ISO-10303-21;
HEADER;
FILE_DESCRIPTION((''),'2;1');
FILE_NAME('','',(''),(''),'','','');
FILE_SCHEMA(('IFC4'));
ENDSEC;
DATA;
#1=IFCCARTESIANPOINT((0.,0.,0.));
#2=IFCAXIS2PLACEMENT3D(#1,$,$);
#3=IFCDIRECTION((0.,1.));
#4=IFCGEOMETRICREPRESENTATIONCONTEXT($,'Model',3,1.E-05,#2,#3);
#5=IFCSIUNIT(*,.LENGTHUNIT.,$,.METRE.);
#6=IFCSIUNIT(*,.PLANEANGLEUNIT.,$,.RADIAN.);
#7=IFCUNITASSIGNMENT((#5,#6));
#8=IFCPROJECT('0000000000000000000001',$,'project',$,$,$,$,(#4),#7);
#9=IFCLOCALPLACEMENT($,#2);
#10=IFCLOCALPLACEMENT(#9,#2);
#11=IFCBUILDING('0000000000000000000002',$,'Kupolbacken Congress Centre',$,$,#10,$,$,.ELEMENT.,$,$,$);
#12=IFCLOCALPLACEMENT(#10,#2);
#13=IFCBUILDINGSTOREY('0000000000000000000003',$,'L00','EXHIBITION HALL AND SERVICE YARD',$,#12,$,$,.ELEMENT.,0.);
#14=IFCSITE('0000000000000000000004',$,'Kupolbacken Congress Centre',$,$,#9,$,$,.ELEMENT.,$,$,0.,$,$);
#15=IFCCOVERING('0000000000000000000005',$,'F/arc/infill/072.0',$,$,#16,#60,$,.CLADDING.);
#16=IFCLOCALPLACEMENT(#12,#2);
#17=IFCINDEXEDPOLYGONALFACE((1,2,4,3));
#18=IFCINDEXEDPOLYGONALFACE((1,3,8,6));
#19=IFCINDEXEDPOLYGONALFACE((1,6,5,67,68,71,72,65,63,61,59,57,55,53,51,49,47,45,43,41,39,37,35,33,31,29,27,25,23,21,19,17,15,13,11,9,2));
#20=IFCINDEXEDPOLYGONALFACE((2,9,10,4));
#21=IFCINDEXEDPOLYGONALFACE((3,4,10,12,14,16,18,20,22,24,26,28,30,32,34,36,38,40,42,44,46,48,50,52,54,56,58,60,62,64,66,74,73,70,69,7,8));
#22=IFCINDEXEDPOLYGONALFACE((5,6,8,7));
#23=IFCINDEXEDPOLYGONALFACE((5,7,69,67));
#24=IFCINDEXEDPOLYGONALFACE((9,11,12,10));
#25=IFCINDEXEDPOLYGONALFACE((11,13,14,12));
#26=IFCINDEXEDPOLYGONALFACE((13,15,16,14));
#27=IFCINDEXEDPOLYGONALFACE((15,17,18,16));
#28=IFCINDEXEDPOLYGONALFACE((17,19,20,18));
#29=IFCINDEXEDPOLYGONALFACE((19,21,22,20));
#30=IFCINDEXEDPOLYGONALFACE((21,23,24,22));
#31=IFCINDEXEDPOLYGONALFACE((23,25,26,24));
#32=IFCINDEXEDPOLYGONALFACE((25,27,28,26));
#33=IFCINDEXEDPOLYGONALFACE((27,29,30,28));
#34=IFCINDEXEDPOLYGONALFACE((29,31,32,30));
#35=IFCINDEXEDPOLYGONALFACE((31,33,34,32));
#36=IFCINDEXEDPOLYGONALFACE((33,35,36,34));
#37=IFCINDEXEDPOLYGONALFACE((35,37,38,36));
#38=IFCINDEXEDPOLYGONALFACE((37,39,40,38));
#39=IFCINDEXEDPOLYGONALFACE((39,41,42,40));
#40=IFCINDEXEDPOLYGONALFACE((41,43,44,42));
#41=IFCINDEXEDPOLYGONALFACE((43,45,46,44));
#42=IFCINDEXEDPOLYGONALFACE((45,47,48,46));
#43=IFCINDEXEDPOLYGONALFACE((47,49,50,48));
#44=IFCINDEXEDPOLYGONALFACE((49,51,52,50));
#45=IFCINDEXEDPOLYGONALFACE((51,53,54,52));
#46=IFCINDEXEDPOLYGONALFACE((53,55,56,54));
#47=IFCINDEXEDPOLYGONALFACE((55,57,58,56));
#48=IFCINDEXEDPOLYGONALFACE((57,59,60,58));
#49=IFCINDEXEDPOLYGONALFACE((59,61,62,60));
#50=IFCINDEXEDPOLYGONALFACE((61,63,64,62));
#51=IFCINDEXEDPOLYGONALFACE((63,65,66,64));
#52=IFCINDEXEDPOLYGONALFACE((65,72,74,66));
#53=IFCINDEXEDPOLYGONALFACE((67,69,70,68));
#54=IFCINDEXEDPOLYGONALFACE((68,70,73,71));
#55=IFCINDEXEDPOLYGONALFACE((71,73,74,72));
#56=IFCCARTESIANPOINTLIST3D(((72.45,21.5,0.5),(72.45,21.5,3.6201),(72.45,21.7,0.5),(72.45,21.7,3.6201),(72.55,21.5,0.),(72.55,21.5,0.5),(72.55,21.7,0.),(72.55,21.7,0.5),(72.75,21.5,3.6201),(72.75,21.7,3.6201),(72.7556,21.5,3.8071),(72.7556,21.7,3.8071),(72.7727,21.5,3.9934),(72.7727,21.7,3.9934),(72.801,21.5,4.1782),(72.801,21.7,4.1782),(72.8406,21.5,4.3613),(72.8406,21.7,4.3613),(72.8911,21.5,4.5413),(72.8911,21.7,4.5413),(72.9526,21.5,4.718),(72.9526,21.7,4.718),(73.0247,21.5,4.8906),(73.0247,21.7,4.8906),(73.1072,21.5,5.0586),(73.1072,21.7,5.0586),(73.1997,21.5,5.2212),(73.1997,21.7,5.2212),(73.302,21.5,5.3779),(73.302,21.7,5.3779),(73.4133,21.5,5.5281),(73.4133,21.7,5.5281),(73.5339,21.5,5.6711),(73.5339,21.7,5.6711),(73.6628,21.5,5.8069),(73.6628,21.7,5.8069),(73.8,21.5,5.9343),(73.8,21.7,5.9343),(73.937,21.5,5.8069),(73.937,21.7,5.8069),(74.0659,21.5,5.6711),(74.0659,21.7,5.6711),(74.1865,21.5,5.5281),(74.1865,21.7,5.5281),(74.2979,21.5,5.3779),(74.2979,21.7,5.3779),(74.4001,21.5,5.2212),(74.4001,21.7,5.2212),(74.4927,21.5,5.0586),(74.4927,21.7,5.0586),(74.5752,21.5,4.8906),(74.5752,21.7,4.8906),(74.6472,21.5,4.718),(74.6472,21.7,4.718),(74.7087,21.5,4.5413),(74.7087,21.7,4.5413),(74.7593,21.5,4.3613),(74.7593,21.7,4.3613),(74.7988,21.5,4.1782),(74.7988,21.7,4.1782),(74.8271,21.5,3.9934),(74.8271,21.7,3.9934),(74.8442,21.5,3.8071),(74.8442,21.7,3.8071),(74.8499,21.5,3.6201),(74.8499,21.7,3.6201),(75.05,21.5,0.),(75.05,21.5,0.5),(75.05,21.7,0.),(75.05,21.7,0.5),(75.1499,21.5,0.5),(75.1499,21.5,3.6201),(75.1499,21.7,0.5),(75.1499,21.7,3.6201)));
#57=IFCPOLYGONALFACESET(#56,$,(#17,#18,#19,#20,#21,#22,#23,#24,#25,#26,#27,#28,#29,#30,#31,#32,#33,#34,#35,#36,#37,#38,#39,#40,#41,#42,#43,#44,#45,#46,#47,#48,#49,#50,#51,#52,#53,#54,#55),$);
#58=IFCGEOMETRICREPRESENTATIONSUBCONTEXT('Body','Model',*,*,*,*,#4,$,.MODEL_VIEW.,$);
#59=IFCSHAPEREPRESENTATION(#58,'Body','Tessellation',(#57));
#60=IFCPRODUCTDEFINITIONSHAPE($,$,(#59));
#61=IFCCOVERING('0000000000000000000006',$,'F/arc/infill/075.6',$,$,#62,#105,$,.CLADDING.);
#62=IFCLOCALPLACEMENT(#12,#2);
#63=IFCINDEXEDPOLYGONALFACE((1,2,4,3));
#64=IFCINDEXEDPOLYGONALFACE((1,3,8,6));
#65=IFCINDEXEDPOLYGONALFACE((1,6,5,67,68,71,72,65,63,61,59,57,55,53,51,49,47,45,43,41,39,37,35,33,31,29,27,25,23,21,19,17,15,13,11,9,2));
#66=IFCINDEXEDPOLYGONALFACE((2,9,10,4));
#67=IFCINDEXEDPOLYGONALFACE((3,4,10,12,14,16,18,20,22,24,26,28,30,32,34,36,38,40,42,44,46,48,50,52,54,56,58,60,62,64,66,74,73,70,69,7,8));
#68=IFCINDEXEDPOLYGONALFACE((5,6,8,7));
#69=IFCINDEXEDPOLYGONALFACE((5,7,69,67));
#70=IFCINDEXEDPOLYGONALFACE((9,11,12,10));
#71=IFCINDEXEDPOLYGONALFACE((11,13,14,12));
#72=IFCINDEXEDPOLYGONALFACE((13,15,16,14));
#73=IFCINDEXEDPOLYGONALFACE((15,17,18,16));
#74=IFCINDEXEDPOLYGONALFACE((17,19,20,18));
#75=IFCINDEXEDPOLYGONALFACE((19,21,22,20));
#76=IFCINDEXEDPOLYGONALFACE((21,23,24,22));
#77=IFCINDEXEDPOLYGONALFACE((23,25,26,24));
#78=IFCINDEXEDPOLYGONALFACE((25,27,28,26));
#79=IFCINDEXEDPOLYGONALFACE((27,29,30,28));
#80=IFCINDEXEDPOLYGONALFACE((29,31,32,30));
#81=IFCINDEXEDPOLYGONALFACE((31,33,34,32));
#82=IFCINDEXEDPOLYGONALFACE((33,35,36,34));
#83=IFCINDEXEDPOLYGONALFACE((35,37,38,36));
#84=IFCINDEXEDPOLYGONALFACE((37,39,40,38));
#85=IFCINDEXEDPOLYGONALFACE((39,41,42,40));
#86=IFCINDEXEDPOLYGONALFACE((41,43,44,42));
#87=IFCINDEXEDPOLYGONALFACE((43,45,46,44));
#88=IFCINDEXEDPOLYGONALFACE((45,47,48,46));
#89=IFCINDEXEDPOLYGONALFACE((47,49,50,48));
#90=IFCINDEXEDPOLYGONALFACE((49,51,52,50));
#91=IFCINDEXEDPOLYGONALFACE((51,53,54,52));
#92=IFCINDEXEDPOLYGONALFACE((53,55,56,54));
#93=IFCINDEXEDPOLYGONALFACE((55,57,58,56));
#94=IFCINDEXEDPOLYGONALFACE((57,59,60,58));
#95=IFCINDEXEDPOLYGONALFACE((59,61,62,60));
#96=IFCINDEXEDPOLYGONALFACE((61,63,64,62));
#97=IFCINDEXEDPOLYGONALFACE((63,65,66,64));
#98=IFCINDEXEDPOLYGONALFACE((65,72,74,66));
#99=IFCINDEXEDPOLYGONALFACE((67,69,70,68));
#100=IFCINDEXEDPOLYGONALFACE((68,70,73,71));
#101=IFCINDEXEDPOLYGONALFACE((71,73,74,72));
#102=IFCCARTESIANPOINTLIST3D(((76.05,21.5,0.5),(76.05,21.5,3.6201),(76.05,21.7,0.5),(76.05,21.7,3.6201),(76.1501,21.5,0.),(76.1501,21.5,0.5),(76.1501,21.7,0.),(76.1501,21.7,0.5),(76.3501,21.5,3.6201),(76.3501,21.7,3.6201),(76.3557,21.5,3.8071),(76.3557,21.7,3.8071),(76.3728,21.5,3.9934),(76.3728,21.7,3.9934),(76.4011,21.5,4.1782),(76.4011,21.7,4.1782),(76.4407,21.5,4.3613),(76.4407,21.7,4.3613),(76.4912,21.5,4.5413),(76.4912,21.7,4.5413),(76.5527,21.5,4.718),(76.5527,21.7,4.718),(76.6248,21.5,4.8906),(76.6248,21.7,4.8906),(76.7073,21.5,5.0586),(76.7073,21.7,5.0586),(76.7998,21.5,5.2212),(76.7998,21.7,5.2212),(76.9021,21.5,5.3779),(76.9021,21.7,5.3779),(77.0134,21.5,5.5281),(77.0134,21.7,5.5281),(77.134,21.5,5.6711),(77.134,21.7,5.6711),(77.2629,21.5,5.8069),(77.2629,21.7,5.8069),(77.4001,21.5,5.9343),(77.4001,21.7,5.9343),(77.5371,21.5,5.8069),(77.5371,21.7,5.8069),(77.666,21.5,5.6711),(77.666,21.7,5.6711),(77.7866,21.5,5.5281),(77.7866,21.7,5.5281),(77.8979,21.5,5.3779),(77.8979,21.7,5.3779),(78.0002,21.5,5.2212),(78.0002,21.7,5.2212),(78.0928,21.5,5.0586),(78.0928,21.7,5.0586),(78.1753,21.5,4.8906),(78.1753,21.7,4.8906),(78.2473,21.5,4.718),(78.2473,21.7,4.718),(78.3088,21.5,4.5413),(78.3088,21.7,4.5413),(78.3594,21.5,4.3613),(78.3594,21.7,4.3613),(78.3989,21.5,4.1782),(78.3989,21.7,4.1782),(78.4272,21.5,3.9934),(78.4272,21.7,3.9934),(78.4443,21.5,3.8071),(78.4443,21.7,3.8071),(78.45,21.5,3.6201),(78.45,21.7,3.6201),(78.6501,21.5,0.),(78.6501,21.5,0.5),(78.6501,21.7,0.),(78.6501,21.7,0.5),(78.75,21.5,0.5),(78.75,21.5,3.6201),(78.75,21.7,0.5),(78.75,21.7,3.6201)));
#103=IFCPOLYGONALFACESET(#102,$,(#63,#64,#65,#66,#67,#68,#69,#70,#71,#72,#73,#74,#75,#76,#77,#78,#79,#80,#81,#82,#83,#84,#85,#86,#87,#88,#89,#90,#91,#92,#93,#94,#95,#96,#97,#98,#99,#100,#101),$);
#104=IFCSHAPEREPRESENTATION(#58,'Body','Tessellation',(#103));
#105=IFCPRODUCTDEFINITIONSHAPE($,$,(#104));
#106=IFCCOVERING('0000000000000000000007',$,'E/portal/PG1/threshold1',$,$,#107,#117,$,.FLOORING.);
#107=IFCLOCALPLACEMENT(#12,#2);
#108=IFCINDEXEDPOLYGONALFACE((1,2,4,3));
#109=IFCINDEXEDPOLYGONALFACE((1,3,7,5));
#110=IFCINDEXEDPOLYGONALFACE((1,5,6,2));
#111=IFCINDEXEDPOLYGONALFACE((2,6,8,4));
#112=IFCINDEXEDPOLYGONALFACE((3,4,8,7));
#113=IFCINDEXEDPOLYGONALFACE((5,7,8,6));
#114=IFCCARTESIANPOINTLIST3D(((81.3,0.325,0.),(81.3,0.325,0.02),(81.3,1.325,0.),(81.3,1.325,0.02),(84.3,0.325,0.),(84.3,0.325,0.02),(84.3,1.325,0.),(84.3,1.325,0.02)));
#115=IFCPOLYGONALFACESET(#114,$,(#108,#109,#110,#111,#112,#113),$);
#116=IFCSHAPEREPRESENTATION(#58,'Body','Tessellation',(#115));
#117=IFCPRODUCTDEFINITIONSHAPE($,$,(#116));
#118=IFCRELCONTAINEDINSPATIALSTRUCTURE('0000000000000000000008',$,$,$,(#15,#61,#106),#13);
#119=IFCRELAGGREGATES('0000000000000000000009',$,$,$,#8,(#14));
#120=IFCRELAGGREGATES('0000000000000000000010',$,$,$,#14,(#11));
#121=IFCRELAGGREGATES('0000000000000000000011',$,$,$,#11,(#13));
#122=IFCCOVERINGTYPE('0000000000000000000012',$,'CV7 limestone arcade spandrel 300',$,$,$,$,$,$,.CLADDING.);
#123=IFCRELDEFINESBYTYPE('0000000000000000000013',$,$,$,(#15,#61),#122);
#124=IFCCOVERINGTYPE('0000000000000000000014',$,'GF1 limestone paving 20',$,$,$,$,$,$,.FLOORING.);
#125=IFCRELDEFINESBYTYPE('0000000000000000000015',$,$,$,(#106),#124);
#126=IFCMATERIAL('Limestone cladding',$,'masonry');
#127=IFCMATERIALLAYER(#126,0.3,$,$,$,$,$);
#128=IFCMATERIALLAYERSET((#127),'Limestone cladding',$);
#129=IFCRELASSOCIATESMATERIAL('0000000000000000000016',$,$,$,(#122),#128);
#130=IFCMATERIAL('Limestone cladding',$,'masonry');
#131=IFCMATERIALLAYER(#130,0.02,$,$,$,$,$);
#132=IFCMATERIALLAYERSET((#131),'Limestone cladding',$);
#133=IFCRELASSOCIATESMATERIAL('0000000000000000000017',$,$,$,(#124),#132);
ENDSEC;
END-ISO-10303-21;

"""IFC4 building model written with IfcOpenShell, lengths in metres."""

from ifc_helpers import new_model, si_unit, direction, frame, origin, origin_2d, place, context, subcontext, project, spatial, polyline, rectangle, outline, extrude, material, layer, layer_set, type_object, element, save


model = new_model("IFC4")

# Units and contexts
model_context = context("Model", 3, precision=1e-05, world=origin(), true_north=direction((0.0, 1.0)))
body_context = subcontext(model_context, "Body", "Model", "MODEL_VIEW")
ifc_project = project(units=[si_unit("LENGTHUNIT", "METRE"), si_unit("PLANEANGLEUNIT", "RADIAN")], contexts=[model_context])

# Site, building, storey
site_placement = place(None, origin())
site = spatial("IfcSite", under=ifc_project, at=site_placement, Name="Kupolbacken Congress Centre", CompositionType="ELEMENT", RefElevation=0.0)
building_placement = place(site_placement, origin())
building = spatial("IfcBuilding", under=site, at=building_placement, Name="Kupolbacken Congress Centre", CompositionType="ELEMENT")
storey_placement = place(building_placement, origin())
storey = spatial("IfcBuildingStorey", under=building, at=storey_placement, Name="L00", Description="EXHIBITION HALL AND SERVICE YARD", CompositionType="ELEMENT", Elevation=0.0)

# Coverings
ifc_material_1 = material(Name="Limestone cladding", Category="masonry")
ifc_layer_1 = layer(ifc_material_1, 0.3)
ifc_layer_set_1 = layer_set([ifc_layer_1], Name="Limestone cladding")
covering_type_1 = type_object("IfcCoveringType", Name="CV7 limestone arcade spandrel 300", PredefinedType="CLADDING", material=ifc_layer_set_1)
for number, where, z_axis, x_axis, name in (
    (1, (72.45, 21.5, 3.6201), (0.0, 1.0, 0.0), (-1.0, 0.0, 0.0), "F/arc/infill/072.0"),
    (2, (76.05, 21.5, 3.6201), (0.0, 1.0, 0.0), (-1.0, 0.0, 0.0), "F/arc/infill/075.6"),
):
    element("IfcCovering", number, at=place(storey_placement, frame(where, z_axis=z_axis, x_axis=x_axis)), inside=storey, type_object=covering_type_1, Name=name, PredefinedType="CLADDING", context=body_context, shape_type="SweptSolid", body=[
        extrude(outline(polyline([(-0.1001, -3.6201), (-2.6001, -3.6201), (-2.6001, -3.1201), (-2.7, -3.1201), (-2.7, 0.0), (-2.3999, 0.0), (-2.3943, 0.187), (-2.3772, 0.3733), (-2.3489, 0.5581), (-2.3093, 0.7412), (-2.2588, 0.9211), (-2.1973, 1.0979), (-2.1252, 1.2705), (-2.0427, 1.4385), (-1.9502, 1.6011), (-1.8479, 1.7578), (-1.7366, 1.908), (-1.616, 2.051), (-1.4871, 2.1868), (-1.3501, 2.3142), (-1.2129, 2.1868), (-1.084, 2.051), (-0.9634, 1.908), (-0.8521, 1.7578), (-0.7498, 1.6011), (-0.6572, 1.4385), (-0.5747, 1.2705), (-0.5027, 1.0979), (-0.4412, 0.9211), (-0.3906, 0.7412), (-0.3511, 0.5581), (-0.3228, 0.3733), (-0.3057, 0.187), (-0.3, 0.0), (0.0, 0.0), (0.0, -3.1201), (-0.1001, -3.1201), (-0.1001, -3.6201)])), origin(), (0.0, 0.0, 1.0), 0.2),
    ])
ifc_material_2 = material(Name="Limestone cladding", Category="masonry")
ifc_layer_2 = layer(ifc_material_2, 0.02)
ifc_layer_set_2 = layer_set([ifc_layer_2], Name="Limestone cladding")
covering_type_2 = type_object("IfcCoveringType", Name="GF1 limestone paving 20", PredefinedType="FLOORING", material=ifc_layer_set_2)
covering_1_placement = place(storey_placement, frame((82.8, 0.825, 0.0), z_axis=(0.0, 0.0, 1.0), x_axis=(1.0, 0.0, 0.0)))
element("IfcCovering", 3, at=covering_1_placement, inside=storey, type_object=covering_type_2, Name="E/portal/PG1/threshold1", PredefinedType="FLOORING", context=body_context, shape_type="SweptSolid", body=[
    extrude(rectangle(XDim=3.0, YDim=1.0, at=origin_2d()), origin(), (0.0, 0.0, 1.0), 0.02),
])

save(model, "model.ifc")
